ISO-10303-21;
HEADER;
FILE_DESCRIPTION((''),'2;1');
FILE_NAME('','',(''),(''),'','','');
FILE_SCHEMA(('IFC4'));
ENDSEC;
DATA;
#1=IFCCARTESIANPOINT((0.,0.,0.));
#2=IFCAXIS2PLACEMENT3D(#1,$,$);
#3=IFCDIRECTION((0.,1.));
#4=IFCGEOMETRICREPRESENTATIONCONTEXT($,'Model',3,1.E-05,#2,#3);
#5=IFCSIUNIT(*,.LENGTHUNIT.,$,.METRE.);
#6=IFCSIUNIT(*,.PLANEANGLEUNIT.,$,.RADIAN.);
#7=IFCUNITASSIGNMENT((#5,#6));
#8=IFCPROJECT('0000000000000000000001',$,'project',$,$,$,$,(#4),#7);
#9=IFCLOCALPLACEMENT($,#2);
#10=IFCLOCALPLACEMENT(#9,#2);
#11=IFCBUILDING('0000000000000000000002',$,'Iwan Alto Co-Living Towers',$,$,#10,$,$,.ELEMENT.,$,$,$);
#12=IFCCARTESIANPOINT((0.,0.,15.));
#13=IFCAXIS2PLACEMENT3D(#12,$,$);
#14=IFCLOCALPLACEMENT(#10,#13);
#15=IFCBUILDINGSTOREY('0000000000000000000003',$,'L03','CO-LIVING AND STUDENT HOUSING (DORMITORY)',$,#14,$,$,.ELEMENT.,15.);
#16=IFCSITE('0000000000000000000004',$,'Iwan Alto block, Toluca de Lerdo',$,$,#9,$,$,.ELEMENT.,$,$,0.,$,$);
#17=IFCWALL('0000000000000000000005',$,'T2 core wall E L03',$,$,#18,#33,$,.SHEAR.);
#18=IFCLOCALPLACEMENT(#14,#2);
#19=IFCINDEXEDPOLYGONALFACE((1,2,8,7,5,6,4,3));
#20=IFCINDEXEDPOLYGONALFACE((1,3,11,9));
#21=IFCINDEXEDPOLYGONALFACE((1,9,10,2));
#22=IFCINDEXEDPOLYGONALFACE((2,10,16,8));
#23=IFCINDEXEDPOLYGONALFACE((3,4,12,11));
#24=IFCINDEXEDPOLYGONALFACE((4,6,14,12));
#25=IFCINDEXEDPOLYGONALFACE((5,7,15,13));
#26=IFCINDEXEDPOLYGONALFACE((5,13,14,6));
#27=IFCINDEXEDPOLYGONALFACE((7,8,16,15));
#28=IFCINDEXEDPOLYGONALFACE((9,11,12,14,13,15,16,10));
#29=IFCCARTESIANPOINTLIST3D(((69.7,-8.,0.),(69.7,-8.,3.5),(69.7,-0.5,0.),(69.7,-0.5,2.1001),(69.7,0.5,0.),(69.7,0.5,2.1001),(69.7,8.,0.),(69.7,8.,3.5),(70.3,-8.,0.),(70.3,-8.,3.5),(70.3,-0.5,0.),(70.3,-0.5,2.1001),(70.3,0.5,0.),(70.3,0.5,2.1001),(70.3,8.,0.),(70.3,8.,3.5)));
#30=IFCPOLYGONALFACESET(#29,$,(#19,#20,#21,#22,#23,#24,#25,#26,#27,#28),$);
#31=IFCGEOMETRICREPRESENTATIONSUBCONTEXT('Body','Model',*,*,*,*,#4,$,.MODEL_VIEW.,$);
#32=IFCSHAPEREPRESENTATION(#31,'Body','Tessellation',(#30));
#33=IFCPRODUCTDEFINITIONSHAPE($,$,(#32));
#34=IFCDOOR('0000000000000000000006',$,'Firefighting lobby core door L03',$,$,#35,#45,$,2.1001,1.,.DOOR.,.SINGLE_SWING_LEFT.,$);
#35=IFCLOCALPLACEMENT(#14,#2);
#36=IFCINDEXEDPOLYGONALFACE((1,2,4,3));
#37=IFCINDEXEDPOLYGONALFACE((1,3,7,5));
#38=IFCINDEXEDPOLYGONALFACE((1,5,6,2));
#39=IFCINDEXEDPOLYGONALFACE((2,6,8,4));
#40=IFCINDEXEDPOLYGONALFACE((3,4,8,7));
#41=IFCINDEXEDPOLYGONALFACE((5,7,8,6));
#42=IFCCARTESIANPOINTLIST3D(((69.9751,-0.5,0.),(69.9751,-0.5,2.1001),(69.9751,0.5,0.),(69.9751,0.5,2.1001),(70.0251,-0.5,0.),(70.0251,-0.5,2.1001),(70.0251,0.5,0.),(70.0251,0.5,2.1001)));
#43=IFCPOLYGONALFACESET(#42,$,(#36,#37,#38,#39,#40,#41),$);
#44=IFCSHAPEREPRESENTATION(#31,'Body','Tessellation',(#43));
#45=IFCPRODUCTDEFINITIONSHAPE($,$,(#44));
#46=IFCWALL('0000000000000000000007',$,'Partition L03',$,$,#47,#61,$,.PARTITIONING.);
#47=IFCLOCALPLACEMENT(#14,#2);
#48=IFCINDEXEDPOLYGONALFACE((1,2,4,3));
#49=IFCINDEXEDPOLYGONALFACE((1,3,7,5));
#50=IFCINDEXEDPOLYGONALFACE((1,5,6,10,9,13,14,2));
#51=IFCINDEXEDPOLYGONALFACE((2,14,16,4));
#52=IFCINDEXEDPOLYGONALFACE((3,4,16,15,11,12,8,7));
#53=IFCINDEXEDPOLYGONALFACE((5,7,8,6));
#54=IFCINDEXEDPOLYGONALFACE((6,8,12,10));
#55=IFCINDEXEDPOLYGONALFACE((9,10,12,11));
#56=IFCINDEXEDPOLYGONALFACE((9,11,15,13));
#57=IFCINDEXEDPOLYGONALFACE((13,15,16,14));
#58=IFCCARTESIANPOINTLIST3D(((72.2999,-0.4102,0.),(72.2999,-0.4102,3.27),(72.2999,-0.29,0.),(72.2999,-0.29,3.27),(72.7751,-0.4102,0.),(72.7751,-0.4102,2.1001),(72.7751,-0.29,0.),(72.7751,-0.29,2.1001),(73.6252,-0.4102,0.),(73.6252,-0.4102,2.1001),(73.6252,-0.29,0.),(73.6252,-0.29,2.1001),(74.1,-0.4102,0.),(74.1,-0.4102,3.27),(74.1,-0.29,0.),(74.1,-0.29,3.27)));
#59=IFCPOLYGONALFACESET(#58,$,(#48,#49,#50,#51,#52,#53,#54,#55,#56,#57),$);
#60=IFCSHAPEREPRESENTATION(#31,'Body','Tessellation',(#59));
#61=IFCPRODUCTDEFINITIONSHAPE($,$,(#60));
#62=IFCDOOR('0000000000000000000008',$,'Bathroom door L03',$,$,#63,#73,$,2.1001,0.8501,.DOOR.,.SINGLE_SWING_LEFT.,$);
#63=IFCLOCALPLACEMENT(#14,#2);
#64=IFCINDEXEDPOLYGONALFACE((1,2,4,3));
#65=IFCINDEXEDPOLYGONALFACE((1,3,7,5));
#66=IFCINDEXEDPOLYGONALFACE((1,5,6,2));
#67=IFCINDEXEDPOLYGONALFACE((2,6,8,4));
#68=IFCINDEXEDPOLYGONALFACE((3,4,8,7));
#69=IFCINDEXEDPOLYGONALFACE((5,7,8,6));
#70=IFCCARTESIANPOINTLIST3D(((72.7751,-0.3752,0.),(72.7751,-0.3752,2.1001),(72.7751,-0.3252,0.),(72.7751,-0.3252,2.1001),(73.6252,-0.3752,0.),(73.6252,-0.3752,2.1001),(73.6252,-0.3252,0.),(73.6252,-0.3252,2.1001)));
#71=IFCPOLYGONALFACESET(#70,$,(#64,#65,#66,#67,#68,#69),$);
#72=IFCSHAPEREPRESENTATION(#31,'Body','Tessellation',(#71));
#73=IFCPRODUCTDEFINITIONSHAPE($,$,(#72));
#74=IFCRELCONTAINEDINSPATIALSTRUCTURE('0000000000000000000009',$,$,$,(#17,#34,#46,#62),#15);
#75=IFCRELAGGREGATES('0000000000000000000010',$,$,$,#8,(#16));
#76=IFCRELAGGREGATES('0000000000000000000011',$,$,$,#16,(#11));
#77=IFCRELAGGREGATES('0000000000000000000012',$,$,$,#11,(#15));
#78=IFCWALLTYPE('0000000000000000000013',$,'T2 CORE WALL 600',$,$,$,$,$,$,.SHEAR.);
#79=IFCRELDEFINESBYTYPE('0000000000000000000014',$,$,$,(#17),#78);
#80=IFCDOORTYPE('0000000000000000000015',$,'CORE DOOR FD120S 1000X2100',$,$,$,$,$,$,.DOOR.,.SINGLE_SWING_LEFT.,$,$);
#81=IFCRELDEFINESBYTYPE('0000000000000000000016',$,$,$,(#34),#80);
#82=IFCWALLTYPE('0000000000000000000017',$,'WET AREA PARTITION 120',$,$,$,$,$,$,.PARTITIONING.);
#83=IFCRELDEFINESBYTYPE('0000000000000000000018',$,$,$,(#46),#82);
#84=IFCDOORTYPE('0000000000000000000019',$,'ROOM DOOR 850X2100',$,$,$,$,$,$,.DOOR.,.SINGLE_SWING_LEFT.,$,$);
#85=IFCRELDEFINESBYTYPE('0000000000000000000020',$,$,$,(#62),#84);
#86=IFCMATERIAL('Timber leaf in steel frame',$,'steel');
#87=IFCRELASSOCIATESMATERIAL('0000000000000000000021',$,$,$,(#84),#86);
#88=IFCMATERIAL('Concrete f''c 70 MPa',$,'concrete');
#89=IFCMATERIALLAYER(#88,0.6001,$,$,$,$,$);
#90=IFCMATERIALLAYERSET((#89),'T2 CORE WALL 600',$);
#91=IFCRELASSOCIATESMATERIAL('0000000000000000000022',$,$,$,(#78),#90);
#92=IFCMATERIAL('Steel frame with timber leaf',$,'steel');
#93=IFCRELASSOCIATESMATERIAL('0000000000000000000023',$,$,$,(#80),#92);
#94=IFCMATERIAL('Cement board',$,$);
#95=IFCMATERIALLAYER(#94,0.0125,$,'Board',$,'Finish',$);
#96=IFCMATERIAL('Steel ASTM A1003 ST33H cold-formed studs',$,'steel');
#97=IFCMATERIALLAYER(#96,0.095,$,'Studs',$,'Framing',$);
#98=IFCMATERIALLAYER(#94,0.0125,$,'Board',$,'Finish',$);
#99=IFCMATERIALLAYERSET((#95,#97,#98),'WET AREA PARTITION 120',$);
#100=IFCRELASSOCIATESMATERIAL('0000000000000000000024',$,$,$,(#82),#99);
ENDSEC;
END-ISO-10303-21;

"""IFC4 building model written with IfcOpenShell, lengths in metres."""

from ifc_helpers import new_model, si_unit, direction, frame, frame_2d, origin, place, context, subcontext, project, spatial, rectangle, extrude, material, layer, layer_set, type_object, element, fill, save


model = new_model("IFC4")

# Units and contexts
model_context = context("Model", 3, precision=1e-05, world=origin(), true_north=direction((0.0, 1.0)))
body_context = subcontext(model_context, "Body", "Model", "MODEL_VIEW")
ifc_project = project(units=[si_unit("LENGTHUNIT", "METRE"), si_unit("PLANEANGLEUNIT", "RADIAN")], contexts=[model_context])

# Site, building, storey
site_placement = place(None, origin())
site = spatial("IfcSite", under=ifc_project, at=site_placement, Name="Iwan Alto block, Toluca de Lerdo", CompositionType="ELEMENT", RefElevation=0.0)
building_placement = place(site_placement, origin())
building = spatial("IfcBuilding", under=site, at=building_placement, Name="Iwan Alto Co-Living Towers", CompositionType="ELEMENT")
storey_placement = place(building_placement, frame((0.0, 0.0, 15.0)))
storey = spatial("IfcBuildingStorey", under=building, at=storey_placement, Name="L03", Description="CO-LIVING AND STUDENT HOUSING (DORMITORY)", CompositionType="ELEMENT", Elevation=15.0)

# Shared definitions
ifc_material_1 = material(Name="Steel ASTM A1003 ST33H cold-formed studs", Category="steel")

# Shared definitions
ifc_material_2 = material(Name="Timber leaf in steel frame", Category="steel")
door_type_1 = type_object("IfcDoorType", Name="ROOM DOOR 850X2100", OperationType="SINGLE_SWING_LEFT", PredefinedType="DOOR", material=ifc_material_2)

# Walls, openings, doors
ifc_material_3 = material(Name="Concrete f'c 70 MPa", Category="concrete")
ifc_layer_1 = layer(ifc_material_3, 0.6001)
ifc_layer_set_1 = layer_set([ifc_layer_1], Name="T2 CORE WALL 600")
wall_type_1 = type_object("IfcWallType", Name="T2 CORE WALL 600", PredefinedType="SHEAR", material=ifc_layer_set_1)
wall_1_placement = place(storey_placement, frame((70.0, -8.0, 0.0), z_axis=(0.0, 0.0, 1.0), x_axis=(0.0, 1.0, 0.0)))
wall_1 = element("IfcWall", 1, at=wall_1_placement, inside=storey, type_object=wall_type_1, Name="T2 core wall E L03", PredefinedType="SHEAR", context=body_context, shape_type="SweptSolid", body=[
    extrude(rectangle(XDim=16.0, YDim=0.6001, at=frame_2d((8.0, 0.0))), origin(), (0.0, 0.0, 1.0), 3.5),
])
opening_1_placement = place(wall_1_placement, frame((7.5, 0.0, 0.0)))
opening_1 = element("IfcOpeningElement", 2, at=opening_1_placement, cuts=wall_1, PredefinedType="OPENING", context=body_context, shape_type="SweptSolid", body=[
    extrude(rectangle(XDim=1.0, YDim=2.1001, at=frame_2d((0.5, 1.05))), frame((0.0, 0.3101, 0.0), z_axis=(0.0, -1.0, 0.0), x_axis=(1.0, 0.0, 0.0)), (0.0, 0.0, 1.0), 0.6201),
])
ifc_material_4 = material(Name="Steel frame with timber leaf", Category="steel")
door_type_2 = type_object("IfcDoorType", Name="CORE DOOR FD120S 1000X2100", OperationType="SINGLE_SWING_LEFT", PredefinedType="DOOR", material=ifc_material_4)
door_1_placement = place(opening_1_placement, origin())
door_1 = element("IfcDoor", 3, at=door_1_placement, inside=storey, type_object=door_type_2, Name="Firefighting lobby core door L03", OperationType="SINGLE_SWING_LEFT", OverallHeight=2.1001, OverallWidth=1.0, PredefinedType="DOOR", context=body_context, shape_type="SweptSolid", body=[
    extrude(rectangle(XDim=1.0, YDim=2.1001, at=frame_2d((0.5, 1.05))), frame((0.0, 0.0249, 0.0), z_axis=(0.0, -1.0, 0.0), x_axis=(1.0, 0.0, 0.0)), (0.0, 0.0, 1.0), 0.05),
])
fill(opening_1, door_1)
ifc_material_5 = material(Name="Cement board")
ifc_layer_2 = layer(ifc_material_5, 0.0125, Name="Board", Category="Finish")
ifc_layer_3 = layer(ifc_material_1, 0.095, Name="Studs", Category="Framing")
ifc_layer_4 = layer(ifc_material_5, 0.0125, Name="Board", Category="Finish")
ifc_layer_set_2 = layer_set([ifc_layer_2, ifc_layer_3, ifc_layer_4], Name="WET AREA PARTITION 120")
wall_type_2 = type_object("IfcWallType", Name="WET AREA PARTITION 120", PredefinedType="PARTITIONING", material=ifc_layer_set_2)
wall_2_placement = place(storey_placement, frame((72.3, -0.3501, 0.0), z_axis=(0.0, 0.0, 1.0), x_axis=(1.0, 0.0, 0.0)))
wall_2 = element("IfcWall", 4, at=wall_2_placement, inside=storey, type_object=wall_type_2, Name="Partition L03", PredefinedType="PARTITIONING", context=body_context, shape_type="SweptSolid", body=[
    extrude(rectangle(XDim=1.8, YDim=0.1201, at=frame_2d((0.8999, 0.0))), origin(), (0.0, 0.0, 1.0), 3.27),
])
opening_2_placement = place(wall_2_placement, frame((0.4751, 0.0, 0.0)))
opening_2 = element("IfcOpeningElement", 5, at=opening_2_placement, cuts=wall_2, PredefinedType="OPENING", context=body_context, shape_type="SweptSolid", body=[
    extrude(rectangle(XDim=0.8501, YDim=2.1001, at=frame_2d((0.425, 1.05))), frame((0.0, 0.0701, 0.0), z_axis=(0.0, -1.0, 0.0), x_axis=(1.0, 0.0, 0.0)), (0.0, 0.0, 1.0), 0.1401),
])
door_2_placement = place(opening_2_placement, origin())
door_2 = element("IfcDoor", 6, at=door_2_placement, inside=storey, type_object=door_type_1, Name="Bathroom door L03", OperationType="SINGLE_SWING_LEFT", OverallHeight=2.1001, OverallWidth=0.8501, PredefinedType="DOOR", context=body_context, shape_type="SweptSolid", body=[
    extrude(rectangle(XDim=0.8501, YDim=2.1001, at=frame_2d((0.425, 1.05))), frame((0.0, 0.0249, 0.0), z_axis=(0.0, -1.0, 0.0), x_axis=(1.0, 0.0, 0.0)), (0.0, 0.0, 1.0), 0.05),
])
fill(opening_2, door_2)

save(model, "model.ifc")
